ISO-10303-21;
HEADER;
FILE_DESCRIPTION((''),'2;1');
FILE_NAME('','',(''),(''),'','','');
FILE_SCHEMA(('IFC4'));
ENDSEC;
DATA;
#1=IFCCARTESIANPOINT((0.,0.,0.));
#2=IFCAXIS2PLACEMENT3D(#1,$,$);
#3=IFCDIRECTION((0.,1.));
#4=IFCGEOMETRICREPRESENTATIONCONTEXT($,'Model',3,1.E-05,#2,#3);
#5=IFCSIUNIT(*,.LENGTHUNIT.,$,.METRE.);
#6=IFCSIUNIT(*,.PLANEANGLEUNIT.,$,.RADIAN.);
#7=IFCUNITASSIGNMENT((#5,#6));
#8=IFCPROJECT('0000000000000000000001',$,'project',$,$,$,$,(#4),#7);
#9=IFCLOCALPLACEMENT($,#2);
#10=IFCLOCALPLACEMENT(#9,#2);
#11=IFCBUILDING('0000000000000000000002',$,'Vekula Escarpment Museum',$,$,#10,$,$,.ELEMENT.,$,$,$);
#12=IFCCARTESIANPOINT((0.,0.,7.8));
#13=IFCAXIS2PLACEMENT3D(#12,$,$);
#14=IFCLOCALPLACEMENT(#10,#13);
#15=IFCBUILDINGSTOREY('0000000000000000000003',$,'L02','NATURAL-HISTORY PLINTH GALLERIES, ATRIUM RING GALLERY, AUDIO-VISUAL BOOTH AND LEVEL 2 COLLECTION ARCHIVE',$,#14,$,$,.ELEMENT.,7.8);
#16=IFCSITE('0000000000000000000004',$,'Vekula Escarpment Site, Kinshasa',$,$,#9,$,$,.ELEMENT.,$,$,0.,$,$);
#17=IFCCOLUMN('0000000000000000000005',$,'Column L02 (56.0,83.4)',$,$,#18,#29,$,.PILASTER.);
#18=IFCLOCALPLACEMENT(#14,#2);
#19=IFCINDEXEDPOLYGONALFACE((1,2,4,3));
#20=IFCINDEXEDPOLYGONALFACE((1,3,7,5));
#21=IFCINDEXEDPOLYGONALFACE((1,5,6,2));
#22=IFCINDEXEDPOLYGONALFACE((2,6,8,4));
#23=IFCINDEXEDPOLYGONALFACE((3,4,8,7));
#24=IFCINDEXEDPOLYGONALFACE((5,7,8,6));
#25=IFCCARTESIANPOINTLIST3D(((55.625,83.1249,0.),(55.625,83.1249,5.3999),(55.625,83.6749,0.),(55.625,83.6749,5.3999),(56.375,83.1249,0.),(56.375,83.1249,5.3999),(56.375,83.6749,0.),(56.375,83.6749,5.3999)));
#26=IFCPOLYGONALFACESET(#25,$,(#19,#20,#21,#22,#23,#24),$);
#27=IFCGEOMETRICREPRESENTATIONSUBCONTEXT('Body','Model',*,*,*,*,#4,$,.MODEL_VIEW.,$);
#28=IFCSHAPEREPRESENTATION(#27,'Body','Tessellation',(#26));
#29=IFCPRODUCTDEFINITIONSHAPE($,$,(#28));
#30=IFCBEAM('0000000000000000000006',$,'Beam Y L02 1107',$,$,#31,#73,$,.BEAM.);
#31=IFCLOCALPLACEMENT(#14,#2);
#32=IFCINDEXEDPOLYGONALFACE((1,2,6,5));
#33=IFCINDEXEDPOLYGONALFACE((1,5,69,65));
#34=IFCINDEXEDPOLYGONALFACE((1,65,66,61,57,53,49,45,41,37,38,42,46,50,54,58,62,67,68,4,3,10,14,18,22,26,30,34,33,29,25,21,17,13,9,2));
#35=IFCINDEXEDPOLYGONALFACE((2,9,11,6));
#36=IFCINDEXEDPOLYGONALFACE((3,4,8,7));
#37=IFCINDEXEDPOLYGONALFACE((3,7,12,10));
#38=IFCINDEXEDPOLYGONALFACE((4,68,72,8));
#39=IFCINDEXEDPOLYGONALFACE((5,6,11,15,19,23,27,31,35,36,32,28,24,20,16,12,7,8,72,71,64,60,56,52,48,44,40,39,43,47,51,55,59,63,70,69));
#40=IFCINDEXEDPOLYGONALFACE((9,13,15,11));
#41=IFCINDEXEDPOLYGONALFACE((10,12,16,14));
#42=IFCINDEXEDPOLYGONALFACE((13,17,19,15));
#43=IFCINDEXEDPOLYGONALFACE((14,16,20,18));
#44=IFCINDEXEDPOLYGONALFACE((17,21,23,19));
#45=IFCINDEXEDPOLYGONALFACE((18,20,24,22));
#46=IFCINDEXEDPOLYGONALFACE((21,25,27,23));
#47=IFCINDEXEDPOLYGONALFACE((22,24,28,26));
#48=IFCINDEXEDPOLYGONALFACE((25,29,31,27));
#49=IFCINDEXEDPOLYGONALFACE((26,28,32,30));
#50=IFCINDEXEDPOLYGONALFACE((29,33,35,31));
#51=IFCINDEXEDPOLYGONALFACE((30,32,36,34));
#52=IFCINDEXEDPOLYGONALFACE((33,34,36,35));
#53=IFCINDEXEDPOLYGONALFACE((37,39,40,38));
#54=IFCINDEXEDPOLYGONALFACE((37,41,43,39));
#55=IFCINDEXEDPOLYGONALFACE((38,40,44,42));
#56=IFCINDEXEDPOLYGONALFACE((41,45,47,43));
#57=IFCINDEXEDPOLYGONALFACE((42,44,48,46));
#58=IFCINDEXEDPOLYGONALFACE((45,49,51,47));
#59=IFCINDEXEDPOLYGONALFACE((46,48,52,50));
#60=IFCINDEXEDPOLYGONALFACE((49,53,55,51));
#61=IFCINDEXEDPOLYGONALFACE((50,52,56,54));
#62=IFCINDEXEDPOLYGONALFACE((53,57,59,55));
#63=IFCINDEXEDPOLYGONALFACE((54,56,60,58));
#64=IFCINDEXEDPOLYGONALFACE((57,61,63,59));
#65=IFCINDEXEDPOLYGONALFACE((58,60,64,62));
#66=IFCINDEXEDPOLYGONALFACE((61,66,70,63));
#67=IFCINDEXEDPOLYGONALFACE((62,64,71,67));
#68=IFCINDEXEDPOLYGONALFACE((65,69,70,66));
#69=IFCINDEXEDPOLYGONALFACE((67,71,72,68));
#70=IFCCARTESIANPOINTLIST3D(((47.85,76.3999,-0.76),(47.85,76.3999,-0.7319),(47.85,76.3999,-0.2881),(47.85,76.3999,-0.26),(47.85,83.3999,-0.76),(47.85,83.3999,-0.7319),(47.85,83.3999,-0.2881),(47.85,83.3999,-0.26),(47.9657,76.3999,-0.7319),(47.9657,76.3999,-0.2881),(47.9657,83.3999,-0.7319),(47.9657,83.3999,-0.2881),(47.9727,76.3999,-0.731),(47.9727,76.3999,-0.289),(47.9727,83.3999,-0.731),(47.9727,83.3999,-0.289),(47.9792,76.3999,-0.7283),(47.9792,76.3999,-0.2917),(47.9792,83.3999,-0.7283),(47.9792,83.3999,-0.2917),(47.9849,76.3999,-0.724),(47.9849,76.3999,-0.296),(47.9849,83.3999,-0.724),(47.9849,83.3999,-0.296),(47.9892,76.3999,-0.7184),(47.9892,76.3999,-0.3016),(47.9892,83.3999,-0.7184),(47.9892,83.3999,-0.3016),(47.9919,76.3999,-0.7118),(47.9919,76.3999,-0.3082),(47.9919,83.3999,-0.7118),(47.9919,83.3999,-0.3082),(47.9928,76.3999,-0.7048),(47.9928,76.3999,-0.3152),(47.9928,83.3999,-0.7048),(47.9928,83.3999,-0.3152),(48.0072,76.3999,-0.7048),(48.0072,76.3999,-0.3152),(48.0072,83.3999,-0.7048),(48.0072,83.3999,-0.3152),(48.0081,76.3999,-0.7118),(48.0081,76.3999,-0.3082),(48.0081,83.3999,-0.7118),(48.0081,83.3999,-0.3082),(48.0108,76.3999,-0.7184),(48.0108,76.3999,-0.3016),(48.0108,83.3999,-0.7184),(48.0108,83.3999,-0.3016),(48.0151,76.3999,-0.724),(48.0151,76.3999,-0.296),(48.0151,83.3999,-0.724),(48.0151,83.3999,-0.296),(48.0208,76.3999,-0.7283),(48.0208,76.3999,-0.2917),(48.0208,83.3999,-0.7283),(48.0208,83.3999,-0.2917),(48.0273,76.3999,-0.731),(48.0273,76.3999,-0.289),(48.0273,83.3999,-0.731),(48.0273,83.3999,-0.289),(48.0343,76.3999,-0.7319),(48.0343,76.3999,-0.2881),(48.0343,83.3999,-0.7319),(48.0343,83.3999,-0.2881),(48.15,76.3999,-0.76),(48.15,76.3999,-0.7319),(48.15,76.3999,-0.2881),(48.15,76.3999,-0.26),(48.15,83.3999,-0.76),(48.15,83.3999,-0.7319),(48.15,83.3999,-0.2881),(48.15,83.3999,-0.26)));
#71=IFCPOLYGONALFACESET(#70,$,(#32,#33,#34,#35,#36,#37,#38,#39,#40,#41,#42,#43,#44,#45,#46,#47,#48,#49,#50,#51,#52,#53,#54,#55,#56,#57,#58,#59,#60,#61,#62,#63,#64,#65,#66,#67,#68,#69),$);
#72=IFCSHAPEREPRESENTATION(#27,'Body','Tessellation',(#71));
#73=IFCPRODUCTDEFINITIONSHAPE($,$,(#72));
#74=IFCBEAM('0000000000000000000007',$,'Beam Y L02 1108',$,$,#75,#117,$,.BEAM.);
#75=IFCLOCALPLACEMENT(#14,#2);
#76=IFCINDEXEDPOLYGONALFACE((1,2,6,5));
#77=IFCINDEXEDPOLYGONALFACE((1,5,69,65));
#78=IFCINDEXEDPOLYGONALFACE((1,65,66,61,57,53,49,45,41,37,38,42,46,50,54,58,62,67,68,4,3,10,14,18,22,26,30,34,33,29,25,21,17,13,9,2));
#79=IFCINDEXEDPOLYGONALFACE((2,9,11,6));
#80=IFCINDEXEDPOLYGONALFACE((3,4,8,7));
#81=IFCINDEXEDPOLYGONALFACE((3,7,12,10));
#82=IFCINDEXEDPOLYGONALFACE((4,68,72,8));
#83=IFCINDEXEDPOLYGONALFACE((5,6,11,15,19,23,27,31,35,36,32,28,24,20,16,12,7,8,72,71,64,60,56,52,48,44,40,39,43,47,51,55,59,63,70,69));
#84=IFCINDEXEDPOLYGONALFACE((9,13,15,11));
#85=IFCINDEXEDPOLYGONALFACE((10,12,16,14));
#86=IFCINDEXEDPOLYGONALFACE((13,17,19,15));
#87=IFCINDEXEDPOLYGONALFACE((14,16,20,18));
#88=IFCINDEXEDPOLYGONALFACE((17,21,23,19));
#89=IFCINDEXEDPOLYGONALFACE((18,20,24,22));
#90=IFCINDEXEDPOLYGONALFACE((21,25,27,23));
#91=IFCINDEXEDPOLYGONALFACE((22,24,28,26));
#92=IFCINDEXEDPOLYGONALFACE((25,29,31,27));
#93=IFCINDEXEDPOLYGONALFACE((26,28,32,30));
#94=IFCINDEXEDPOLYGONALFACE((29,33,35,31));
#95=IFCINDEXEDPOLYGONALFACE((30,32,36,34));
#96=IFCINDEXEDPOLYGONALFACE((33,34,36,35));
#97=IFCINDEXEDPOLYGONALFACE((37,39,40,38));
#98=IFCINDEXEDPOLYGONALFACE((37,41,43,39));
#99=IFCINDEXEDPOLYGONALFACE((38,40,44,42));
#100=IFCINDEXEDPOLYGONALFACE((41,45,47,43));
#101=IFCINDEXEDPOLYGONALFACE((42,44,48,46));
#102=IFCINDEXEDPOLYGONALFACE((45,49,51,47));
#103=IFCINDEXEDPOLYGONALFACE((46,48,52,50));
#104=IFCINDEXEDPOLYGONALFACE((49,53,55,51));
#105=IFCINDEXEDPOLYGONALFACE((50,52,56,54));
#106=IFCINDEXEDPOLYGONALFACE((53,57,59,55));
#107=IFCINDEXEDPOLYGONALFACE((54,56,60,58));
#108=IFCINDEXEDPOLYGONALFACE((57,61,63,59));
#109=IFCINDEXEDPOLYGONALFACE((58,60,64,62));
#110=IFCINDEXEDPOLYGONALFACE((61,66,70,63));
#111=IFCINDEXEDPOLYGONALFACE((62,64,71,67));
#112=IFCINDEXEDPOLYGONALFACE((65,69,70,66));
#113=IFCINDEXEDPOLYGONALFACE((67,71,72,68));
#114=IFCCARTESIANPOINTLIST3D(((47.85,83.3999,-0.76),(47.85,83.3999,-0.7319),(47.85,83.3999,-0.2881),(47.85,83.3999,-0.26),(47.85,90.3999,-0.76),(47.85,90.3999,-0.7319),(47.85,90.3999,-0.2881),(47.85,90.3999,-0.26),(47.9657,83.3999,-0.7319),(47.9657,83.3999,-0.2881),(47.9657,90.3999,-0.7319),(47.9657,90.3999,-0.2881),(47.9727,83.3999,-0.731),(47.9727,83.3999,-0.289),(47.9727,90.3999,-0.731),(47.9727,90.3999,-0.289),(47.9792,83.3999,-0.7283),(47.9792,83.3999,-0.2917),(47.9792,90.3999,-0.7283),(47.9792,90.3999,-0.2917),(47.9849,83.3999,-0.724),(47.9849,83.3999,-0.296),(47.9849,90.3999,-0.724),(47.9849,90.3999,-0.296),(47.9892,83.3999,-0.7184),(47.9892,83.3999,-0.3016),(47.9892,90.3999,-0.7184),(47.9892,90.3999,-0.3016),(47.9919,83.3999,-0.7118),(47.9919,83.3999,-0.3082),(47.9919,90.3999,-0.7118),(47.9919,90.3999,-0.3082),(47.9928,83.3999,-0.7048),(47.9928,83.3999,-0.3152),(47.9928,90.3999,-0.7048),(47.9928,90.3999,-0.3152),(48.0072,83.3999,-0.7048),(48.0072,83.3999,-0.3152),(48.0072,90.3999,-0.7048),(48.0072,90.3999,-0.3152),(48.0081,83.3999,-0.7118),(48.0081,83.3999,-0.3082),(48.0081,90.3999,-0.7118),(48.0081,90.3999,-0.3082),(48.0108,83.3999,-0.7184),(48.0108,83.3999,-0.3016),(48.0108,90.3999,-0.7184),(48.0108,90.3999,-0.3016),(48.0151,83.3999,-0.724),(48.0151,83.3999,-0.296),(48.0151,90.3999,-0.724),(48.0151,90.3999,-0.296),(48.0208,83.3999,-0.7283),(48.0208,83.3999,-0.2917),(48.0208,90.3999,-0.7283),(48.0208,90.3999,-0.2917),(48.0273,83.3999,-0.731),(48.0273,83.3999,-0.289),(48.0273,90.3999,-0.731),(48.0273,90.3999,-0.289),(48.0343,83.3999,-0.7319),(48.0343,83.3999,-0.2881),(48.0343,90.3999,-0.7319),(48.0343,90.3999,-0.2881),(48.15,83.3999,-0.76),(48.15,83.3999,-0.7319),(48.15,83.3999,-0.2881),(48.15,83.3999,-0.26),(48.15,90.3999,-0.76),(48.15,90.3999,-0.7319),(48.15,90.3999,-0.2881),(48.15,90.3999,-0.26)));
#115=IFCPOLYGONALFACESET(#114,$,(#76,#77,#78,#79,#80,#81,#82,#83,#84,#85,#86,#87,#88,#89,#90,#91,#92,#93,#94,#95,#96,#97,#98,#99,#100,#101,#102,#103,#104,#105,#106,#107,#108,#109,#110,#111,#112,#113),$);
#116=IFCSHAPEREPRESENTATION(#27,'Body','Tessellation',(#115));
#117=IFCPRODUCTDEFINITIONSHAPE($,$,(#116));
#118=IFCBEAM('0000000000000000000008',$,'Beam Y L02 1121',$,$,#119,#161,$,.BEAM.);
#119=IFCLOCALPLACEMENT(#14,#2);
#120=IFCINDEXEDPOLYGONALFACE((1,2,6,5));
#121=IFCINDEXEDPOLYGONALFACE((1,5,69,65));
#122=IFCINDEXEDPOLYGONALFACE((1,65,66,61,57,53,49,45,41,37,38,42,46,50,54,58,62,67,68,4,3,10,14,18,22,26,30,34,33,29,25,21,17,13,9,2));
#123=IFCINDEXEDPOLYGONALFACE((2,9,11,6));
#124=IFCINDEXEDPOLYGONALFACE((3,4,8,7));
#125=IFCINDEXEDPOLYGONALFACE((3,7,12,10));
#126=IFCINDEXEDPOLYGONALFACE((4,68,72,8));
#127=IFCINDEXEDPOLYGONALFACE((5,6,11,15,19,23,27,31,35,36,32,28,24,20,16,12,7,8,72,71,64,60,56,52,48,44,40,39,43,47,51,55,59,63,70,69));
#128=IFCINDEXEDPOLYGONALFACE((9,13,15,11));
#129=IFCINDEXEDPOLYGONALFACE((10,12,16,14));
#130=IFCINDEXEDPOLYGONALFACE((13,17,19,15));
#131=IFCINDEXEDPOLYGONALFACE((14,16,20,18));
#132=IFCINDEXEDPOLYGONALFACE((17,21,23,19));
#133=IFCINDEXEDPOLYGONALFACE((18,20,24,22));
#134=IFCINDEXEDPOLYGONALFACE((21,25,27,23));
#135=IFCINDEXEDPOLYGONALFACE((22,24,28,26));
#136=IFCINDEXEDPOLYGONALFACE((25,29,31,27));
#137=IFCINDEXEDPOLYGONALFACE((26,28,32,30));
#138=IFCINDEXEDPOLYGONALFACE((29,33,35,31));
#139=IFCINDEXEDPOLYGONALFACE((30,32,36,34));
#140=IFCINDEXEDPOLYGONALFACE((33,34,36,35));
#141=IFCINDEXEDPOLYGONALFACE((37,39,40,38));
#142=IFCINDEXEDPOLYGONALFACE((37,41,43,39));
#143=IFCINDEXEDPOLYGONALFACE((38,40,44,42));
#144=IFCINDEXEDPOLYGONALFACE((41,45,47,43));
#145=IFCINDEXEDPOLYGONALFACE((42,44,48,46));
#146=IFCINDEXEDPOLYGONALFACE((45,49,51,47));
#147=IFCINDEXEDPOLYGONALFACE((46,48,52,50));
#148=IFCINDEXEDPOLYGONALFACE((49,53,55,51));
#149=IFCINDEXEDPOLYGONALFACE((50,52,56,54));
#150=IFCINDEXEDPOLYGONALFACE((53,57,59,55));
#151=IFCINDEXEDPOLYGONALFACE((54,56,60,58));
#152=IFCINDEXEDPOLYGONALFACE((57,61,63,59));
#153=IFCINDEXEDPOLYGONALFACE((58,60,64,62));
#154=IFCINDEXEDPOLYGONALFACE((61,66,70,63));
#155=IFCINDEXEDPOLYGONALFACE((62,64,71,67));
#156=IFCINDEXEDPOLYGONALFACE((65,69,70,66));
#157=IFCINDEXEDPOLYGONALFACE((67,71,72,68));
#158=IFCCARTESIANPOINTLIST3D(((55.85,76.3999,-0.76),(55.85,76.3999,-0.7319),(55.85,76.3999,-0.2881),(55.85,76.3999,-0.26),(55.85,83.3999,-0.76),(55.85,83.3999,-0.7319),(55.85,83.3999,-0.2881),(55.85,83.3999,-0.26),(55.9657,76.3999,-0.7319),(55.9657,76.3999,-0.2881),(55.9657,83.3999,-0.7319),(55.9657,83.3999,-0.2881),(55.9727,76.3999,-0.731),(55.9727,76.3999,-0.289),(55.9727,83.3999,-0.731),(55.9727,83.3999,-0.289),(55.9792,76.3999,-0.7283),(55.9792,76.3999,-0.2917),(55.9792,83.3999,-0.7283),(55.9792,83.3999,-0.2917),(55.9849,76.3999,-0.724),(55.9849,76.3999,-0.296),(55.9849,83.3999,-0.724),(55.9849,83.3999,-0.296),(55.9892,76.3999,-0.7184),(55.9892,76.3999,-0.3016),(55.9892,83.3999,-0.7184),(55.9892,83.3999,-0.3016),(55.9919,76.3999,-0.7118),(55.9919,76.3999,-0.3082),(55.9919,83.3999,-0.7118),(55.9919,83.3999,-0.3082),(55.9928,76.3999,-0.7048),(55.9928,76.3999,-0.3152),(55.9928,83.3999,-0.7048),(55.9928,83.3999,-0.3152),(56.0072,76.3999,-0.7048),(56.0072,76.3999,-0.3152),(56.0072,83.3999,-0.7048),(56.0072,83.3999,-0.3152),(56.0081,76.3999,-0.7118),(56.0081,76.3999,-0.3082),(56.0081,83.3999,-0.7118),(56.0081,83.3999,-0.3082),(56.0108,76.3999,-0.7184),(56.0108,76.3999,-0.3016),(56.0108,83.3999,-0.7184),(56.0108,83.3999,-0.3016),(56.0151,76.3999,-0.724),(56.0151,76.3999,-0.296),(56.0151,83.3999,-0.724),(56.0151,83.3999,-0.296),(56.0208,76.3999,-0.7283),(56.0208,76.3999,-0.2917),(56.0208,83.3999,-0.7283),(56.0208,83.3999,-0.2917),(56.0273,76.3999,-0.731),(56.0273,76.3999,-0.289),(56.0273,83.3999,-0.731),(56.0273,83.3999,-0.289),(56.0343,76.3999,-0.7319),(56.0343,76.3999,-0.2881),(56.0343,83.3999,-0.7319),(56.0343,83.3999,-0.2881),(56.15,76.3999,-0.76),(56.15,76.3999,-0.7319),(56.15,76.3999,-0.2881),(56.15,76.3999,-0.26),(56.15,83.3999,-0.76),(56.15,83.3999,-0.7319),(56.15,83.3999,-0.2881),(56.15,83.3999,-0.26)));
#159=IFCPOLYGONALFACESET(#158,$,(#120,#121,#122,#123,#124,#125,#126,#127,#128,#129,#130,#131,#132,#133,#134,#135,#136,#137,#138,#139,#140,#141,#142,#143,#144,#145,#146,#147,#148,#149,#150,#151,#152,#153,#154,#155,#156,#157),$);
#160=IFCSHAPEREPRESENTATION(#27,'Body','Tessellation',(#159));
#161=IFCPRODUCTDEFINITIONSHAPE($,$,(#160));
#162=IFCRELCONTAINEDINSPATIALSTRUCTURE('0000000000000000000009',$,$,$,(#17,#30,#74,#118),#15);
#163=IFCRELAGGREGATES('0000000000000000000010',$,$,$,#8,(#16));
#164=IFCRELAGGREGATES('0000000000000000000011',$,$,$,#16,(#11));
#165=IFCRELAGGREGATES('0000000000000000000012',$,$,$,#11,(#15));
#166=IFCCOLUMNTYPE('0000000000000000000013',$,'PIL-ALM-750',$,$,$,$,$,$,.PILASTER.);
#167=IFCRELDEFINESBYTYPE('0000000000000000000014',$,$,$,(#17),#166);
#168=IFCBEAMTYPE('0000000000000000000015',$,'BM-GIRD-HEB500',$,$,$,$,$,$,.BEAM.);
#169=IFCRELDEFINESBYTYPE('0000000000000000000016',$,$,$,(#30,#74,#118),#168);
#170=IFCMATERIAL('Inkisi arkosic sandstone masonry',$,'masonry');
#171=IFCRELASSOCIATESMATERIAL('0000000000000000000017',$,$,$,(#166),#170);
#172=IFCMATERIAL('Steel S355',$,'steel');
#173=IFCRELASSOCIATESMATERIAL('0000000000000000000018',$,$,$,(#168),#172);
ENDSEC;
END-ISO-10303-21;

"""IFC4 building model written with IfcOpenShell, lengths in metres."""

from ifc_helpers import new_model, si_unit, direction, frame, origin, origin_2d, place, context, subcontext, project, spatial, rectangle, i_section, extrude, material, material_profile, profile_set, type_object, element, save


model = new_model("IFC4")

# Units and contexts
model_context = context("Model", 3, precision=1e-05, world=origin(), true_north=direction((0.0, 1.0)))
body_context = subcontext(model_context, "Body", "Model", "MODEL_VIEW")
ifc_project = project(units=[si_unit("LENGTHUNIT", "METRE"), si_unit("PLANEANGLEUNIT", "RADIAN")], contexts=[model_context])

# Site, building, storey
site_placement = place(None, origin())
site = spatial("IfcSite", under=ifc_project, at=site_placement, Name="Vekula Escarpment Site, Kinshasa", CompositionType="ELEMENT", RefElevation=0.0)
building_placement = place(site_placement, origin())
building = spatial("IfcBuilding", under=site, at=building_placement, Name="Vekula Escarpment Museum", CompositionType="ELEMENT")
storey_placement = place(building_placement, frame((0.0, 0.0, 7.8)))
storey = spatial("IfcBuildingStorey", under=building, at=storey_placement, Name="L02", Description="NATURAL-HISTORY PLINTH GALLERIES, ATRIUM RING GALLERY, AUDIO-VISUAL BOOTH AND LEVEL 2 COLLECTION ARCHIVE", CompositionType="ELEMENT", Elevation=7.8)

# Column
ifc_material_1 = material(Name="Inkisi arkosic sandstone masonry", Category="masonry")
ifc_material_profile_1 = material_profile(ifc_material_1, rectangle(XDim=0.75, YDim=0.55, at=origin_2d()), Name="PIER 750x550")
ifc_profile_set_1 = profile_set([ifc_material_profile_1], Name="Inkisi arkosic sandstone masonry")
column_type_1 = type_object("IfcColumnType", Name="PIL-ALM-750", PredefinedType="PILASTER", material=ifc_profile_set_1)
column_1_placement = place(storey_placement, frame((56.0, 83.3999, 0.0), z_axis=(0.0, 0.0, 1.0), x_axis=(1.0, 0.0, 0.0)))
element("IfcColumn", 1, at=column_1_placement, inside=storey, type_object=column_type_1, Name="Column L02 (56.0,83.4)", PredefinedType="PILASTER", context=body_context, shape_type="SweptSolid", body=[
    extrude(rectangle(XDim=0.75, YDim=0.55, at=origin_2d()), origin(), (0.0, 0.0, 1.0), 5.3999),
])

# Beams
ifc_material_2 = material(Name="Steel S355", Category="steel")
ifc_material_profile_2 = material_profile(ifc_material_2, i_section(OverallWidth=0.3, OverallDepth=0.5, WebThickness=0.0144, FlangeThickness=0.0281, FilletRadius=0.0271, at=origin_2d()), Name="HEB 500")
ifc_profile_set_2 = profile_set([ifc_material_profile_2], Name="Steel S355")
beam_type_1 = type_object("IfcBeamType", Name="BM-GIRD-HEB500", PredefinedType="BEAM", material=ifc_profile_set_2)
for number, where, z_axis, x_axis, name in (
    (2, (48.0, 76.3999, -0.51), (0.0, 1.0, 0.0), (-1.0, 0.0, 0.0), "Beam Y L02 1107"),
    (3, (48.0, 83.3999, -0.51), (0.0, 1.0, 0.0), (-1.0, 0.0, 0.0), "Beam Y L02 1108"),
    (4, (56.0, 76.3999, -0.51), (0.0, 1.0, 0.0), (-1.0, 0.0, 0.0), "Beam Y L02 1121"),
):
    element("IfcBeam", number, at=place(storey_placement, frame(where, z_axis=z_axis, x_axis=x_axis)), inside=storey, type_object=beam_type_1, Name=name, PredefinedType="BEAM", context=body_context, shape_type="SweptSolid", body=[
        extrude(i_section(OverallWidth=0.3, OverallDepth=0.5, WebThickness=0.0144, FlangeThickness=0.0281, FilletRadius=0.0271, at=origin_2d()), origin(), (0.0, 0.0, 1.0), 7.0),
    ])

save(model, "model.ifc")
